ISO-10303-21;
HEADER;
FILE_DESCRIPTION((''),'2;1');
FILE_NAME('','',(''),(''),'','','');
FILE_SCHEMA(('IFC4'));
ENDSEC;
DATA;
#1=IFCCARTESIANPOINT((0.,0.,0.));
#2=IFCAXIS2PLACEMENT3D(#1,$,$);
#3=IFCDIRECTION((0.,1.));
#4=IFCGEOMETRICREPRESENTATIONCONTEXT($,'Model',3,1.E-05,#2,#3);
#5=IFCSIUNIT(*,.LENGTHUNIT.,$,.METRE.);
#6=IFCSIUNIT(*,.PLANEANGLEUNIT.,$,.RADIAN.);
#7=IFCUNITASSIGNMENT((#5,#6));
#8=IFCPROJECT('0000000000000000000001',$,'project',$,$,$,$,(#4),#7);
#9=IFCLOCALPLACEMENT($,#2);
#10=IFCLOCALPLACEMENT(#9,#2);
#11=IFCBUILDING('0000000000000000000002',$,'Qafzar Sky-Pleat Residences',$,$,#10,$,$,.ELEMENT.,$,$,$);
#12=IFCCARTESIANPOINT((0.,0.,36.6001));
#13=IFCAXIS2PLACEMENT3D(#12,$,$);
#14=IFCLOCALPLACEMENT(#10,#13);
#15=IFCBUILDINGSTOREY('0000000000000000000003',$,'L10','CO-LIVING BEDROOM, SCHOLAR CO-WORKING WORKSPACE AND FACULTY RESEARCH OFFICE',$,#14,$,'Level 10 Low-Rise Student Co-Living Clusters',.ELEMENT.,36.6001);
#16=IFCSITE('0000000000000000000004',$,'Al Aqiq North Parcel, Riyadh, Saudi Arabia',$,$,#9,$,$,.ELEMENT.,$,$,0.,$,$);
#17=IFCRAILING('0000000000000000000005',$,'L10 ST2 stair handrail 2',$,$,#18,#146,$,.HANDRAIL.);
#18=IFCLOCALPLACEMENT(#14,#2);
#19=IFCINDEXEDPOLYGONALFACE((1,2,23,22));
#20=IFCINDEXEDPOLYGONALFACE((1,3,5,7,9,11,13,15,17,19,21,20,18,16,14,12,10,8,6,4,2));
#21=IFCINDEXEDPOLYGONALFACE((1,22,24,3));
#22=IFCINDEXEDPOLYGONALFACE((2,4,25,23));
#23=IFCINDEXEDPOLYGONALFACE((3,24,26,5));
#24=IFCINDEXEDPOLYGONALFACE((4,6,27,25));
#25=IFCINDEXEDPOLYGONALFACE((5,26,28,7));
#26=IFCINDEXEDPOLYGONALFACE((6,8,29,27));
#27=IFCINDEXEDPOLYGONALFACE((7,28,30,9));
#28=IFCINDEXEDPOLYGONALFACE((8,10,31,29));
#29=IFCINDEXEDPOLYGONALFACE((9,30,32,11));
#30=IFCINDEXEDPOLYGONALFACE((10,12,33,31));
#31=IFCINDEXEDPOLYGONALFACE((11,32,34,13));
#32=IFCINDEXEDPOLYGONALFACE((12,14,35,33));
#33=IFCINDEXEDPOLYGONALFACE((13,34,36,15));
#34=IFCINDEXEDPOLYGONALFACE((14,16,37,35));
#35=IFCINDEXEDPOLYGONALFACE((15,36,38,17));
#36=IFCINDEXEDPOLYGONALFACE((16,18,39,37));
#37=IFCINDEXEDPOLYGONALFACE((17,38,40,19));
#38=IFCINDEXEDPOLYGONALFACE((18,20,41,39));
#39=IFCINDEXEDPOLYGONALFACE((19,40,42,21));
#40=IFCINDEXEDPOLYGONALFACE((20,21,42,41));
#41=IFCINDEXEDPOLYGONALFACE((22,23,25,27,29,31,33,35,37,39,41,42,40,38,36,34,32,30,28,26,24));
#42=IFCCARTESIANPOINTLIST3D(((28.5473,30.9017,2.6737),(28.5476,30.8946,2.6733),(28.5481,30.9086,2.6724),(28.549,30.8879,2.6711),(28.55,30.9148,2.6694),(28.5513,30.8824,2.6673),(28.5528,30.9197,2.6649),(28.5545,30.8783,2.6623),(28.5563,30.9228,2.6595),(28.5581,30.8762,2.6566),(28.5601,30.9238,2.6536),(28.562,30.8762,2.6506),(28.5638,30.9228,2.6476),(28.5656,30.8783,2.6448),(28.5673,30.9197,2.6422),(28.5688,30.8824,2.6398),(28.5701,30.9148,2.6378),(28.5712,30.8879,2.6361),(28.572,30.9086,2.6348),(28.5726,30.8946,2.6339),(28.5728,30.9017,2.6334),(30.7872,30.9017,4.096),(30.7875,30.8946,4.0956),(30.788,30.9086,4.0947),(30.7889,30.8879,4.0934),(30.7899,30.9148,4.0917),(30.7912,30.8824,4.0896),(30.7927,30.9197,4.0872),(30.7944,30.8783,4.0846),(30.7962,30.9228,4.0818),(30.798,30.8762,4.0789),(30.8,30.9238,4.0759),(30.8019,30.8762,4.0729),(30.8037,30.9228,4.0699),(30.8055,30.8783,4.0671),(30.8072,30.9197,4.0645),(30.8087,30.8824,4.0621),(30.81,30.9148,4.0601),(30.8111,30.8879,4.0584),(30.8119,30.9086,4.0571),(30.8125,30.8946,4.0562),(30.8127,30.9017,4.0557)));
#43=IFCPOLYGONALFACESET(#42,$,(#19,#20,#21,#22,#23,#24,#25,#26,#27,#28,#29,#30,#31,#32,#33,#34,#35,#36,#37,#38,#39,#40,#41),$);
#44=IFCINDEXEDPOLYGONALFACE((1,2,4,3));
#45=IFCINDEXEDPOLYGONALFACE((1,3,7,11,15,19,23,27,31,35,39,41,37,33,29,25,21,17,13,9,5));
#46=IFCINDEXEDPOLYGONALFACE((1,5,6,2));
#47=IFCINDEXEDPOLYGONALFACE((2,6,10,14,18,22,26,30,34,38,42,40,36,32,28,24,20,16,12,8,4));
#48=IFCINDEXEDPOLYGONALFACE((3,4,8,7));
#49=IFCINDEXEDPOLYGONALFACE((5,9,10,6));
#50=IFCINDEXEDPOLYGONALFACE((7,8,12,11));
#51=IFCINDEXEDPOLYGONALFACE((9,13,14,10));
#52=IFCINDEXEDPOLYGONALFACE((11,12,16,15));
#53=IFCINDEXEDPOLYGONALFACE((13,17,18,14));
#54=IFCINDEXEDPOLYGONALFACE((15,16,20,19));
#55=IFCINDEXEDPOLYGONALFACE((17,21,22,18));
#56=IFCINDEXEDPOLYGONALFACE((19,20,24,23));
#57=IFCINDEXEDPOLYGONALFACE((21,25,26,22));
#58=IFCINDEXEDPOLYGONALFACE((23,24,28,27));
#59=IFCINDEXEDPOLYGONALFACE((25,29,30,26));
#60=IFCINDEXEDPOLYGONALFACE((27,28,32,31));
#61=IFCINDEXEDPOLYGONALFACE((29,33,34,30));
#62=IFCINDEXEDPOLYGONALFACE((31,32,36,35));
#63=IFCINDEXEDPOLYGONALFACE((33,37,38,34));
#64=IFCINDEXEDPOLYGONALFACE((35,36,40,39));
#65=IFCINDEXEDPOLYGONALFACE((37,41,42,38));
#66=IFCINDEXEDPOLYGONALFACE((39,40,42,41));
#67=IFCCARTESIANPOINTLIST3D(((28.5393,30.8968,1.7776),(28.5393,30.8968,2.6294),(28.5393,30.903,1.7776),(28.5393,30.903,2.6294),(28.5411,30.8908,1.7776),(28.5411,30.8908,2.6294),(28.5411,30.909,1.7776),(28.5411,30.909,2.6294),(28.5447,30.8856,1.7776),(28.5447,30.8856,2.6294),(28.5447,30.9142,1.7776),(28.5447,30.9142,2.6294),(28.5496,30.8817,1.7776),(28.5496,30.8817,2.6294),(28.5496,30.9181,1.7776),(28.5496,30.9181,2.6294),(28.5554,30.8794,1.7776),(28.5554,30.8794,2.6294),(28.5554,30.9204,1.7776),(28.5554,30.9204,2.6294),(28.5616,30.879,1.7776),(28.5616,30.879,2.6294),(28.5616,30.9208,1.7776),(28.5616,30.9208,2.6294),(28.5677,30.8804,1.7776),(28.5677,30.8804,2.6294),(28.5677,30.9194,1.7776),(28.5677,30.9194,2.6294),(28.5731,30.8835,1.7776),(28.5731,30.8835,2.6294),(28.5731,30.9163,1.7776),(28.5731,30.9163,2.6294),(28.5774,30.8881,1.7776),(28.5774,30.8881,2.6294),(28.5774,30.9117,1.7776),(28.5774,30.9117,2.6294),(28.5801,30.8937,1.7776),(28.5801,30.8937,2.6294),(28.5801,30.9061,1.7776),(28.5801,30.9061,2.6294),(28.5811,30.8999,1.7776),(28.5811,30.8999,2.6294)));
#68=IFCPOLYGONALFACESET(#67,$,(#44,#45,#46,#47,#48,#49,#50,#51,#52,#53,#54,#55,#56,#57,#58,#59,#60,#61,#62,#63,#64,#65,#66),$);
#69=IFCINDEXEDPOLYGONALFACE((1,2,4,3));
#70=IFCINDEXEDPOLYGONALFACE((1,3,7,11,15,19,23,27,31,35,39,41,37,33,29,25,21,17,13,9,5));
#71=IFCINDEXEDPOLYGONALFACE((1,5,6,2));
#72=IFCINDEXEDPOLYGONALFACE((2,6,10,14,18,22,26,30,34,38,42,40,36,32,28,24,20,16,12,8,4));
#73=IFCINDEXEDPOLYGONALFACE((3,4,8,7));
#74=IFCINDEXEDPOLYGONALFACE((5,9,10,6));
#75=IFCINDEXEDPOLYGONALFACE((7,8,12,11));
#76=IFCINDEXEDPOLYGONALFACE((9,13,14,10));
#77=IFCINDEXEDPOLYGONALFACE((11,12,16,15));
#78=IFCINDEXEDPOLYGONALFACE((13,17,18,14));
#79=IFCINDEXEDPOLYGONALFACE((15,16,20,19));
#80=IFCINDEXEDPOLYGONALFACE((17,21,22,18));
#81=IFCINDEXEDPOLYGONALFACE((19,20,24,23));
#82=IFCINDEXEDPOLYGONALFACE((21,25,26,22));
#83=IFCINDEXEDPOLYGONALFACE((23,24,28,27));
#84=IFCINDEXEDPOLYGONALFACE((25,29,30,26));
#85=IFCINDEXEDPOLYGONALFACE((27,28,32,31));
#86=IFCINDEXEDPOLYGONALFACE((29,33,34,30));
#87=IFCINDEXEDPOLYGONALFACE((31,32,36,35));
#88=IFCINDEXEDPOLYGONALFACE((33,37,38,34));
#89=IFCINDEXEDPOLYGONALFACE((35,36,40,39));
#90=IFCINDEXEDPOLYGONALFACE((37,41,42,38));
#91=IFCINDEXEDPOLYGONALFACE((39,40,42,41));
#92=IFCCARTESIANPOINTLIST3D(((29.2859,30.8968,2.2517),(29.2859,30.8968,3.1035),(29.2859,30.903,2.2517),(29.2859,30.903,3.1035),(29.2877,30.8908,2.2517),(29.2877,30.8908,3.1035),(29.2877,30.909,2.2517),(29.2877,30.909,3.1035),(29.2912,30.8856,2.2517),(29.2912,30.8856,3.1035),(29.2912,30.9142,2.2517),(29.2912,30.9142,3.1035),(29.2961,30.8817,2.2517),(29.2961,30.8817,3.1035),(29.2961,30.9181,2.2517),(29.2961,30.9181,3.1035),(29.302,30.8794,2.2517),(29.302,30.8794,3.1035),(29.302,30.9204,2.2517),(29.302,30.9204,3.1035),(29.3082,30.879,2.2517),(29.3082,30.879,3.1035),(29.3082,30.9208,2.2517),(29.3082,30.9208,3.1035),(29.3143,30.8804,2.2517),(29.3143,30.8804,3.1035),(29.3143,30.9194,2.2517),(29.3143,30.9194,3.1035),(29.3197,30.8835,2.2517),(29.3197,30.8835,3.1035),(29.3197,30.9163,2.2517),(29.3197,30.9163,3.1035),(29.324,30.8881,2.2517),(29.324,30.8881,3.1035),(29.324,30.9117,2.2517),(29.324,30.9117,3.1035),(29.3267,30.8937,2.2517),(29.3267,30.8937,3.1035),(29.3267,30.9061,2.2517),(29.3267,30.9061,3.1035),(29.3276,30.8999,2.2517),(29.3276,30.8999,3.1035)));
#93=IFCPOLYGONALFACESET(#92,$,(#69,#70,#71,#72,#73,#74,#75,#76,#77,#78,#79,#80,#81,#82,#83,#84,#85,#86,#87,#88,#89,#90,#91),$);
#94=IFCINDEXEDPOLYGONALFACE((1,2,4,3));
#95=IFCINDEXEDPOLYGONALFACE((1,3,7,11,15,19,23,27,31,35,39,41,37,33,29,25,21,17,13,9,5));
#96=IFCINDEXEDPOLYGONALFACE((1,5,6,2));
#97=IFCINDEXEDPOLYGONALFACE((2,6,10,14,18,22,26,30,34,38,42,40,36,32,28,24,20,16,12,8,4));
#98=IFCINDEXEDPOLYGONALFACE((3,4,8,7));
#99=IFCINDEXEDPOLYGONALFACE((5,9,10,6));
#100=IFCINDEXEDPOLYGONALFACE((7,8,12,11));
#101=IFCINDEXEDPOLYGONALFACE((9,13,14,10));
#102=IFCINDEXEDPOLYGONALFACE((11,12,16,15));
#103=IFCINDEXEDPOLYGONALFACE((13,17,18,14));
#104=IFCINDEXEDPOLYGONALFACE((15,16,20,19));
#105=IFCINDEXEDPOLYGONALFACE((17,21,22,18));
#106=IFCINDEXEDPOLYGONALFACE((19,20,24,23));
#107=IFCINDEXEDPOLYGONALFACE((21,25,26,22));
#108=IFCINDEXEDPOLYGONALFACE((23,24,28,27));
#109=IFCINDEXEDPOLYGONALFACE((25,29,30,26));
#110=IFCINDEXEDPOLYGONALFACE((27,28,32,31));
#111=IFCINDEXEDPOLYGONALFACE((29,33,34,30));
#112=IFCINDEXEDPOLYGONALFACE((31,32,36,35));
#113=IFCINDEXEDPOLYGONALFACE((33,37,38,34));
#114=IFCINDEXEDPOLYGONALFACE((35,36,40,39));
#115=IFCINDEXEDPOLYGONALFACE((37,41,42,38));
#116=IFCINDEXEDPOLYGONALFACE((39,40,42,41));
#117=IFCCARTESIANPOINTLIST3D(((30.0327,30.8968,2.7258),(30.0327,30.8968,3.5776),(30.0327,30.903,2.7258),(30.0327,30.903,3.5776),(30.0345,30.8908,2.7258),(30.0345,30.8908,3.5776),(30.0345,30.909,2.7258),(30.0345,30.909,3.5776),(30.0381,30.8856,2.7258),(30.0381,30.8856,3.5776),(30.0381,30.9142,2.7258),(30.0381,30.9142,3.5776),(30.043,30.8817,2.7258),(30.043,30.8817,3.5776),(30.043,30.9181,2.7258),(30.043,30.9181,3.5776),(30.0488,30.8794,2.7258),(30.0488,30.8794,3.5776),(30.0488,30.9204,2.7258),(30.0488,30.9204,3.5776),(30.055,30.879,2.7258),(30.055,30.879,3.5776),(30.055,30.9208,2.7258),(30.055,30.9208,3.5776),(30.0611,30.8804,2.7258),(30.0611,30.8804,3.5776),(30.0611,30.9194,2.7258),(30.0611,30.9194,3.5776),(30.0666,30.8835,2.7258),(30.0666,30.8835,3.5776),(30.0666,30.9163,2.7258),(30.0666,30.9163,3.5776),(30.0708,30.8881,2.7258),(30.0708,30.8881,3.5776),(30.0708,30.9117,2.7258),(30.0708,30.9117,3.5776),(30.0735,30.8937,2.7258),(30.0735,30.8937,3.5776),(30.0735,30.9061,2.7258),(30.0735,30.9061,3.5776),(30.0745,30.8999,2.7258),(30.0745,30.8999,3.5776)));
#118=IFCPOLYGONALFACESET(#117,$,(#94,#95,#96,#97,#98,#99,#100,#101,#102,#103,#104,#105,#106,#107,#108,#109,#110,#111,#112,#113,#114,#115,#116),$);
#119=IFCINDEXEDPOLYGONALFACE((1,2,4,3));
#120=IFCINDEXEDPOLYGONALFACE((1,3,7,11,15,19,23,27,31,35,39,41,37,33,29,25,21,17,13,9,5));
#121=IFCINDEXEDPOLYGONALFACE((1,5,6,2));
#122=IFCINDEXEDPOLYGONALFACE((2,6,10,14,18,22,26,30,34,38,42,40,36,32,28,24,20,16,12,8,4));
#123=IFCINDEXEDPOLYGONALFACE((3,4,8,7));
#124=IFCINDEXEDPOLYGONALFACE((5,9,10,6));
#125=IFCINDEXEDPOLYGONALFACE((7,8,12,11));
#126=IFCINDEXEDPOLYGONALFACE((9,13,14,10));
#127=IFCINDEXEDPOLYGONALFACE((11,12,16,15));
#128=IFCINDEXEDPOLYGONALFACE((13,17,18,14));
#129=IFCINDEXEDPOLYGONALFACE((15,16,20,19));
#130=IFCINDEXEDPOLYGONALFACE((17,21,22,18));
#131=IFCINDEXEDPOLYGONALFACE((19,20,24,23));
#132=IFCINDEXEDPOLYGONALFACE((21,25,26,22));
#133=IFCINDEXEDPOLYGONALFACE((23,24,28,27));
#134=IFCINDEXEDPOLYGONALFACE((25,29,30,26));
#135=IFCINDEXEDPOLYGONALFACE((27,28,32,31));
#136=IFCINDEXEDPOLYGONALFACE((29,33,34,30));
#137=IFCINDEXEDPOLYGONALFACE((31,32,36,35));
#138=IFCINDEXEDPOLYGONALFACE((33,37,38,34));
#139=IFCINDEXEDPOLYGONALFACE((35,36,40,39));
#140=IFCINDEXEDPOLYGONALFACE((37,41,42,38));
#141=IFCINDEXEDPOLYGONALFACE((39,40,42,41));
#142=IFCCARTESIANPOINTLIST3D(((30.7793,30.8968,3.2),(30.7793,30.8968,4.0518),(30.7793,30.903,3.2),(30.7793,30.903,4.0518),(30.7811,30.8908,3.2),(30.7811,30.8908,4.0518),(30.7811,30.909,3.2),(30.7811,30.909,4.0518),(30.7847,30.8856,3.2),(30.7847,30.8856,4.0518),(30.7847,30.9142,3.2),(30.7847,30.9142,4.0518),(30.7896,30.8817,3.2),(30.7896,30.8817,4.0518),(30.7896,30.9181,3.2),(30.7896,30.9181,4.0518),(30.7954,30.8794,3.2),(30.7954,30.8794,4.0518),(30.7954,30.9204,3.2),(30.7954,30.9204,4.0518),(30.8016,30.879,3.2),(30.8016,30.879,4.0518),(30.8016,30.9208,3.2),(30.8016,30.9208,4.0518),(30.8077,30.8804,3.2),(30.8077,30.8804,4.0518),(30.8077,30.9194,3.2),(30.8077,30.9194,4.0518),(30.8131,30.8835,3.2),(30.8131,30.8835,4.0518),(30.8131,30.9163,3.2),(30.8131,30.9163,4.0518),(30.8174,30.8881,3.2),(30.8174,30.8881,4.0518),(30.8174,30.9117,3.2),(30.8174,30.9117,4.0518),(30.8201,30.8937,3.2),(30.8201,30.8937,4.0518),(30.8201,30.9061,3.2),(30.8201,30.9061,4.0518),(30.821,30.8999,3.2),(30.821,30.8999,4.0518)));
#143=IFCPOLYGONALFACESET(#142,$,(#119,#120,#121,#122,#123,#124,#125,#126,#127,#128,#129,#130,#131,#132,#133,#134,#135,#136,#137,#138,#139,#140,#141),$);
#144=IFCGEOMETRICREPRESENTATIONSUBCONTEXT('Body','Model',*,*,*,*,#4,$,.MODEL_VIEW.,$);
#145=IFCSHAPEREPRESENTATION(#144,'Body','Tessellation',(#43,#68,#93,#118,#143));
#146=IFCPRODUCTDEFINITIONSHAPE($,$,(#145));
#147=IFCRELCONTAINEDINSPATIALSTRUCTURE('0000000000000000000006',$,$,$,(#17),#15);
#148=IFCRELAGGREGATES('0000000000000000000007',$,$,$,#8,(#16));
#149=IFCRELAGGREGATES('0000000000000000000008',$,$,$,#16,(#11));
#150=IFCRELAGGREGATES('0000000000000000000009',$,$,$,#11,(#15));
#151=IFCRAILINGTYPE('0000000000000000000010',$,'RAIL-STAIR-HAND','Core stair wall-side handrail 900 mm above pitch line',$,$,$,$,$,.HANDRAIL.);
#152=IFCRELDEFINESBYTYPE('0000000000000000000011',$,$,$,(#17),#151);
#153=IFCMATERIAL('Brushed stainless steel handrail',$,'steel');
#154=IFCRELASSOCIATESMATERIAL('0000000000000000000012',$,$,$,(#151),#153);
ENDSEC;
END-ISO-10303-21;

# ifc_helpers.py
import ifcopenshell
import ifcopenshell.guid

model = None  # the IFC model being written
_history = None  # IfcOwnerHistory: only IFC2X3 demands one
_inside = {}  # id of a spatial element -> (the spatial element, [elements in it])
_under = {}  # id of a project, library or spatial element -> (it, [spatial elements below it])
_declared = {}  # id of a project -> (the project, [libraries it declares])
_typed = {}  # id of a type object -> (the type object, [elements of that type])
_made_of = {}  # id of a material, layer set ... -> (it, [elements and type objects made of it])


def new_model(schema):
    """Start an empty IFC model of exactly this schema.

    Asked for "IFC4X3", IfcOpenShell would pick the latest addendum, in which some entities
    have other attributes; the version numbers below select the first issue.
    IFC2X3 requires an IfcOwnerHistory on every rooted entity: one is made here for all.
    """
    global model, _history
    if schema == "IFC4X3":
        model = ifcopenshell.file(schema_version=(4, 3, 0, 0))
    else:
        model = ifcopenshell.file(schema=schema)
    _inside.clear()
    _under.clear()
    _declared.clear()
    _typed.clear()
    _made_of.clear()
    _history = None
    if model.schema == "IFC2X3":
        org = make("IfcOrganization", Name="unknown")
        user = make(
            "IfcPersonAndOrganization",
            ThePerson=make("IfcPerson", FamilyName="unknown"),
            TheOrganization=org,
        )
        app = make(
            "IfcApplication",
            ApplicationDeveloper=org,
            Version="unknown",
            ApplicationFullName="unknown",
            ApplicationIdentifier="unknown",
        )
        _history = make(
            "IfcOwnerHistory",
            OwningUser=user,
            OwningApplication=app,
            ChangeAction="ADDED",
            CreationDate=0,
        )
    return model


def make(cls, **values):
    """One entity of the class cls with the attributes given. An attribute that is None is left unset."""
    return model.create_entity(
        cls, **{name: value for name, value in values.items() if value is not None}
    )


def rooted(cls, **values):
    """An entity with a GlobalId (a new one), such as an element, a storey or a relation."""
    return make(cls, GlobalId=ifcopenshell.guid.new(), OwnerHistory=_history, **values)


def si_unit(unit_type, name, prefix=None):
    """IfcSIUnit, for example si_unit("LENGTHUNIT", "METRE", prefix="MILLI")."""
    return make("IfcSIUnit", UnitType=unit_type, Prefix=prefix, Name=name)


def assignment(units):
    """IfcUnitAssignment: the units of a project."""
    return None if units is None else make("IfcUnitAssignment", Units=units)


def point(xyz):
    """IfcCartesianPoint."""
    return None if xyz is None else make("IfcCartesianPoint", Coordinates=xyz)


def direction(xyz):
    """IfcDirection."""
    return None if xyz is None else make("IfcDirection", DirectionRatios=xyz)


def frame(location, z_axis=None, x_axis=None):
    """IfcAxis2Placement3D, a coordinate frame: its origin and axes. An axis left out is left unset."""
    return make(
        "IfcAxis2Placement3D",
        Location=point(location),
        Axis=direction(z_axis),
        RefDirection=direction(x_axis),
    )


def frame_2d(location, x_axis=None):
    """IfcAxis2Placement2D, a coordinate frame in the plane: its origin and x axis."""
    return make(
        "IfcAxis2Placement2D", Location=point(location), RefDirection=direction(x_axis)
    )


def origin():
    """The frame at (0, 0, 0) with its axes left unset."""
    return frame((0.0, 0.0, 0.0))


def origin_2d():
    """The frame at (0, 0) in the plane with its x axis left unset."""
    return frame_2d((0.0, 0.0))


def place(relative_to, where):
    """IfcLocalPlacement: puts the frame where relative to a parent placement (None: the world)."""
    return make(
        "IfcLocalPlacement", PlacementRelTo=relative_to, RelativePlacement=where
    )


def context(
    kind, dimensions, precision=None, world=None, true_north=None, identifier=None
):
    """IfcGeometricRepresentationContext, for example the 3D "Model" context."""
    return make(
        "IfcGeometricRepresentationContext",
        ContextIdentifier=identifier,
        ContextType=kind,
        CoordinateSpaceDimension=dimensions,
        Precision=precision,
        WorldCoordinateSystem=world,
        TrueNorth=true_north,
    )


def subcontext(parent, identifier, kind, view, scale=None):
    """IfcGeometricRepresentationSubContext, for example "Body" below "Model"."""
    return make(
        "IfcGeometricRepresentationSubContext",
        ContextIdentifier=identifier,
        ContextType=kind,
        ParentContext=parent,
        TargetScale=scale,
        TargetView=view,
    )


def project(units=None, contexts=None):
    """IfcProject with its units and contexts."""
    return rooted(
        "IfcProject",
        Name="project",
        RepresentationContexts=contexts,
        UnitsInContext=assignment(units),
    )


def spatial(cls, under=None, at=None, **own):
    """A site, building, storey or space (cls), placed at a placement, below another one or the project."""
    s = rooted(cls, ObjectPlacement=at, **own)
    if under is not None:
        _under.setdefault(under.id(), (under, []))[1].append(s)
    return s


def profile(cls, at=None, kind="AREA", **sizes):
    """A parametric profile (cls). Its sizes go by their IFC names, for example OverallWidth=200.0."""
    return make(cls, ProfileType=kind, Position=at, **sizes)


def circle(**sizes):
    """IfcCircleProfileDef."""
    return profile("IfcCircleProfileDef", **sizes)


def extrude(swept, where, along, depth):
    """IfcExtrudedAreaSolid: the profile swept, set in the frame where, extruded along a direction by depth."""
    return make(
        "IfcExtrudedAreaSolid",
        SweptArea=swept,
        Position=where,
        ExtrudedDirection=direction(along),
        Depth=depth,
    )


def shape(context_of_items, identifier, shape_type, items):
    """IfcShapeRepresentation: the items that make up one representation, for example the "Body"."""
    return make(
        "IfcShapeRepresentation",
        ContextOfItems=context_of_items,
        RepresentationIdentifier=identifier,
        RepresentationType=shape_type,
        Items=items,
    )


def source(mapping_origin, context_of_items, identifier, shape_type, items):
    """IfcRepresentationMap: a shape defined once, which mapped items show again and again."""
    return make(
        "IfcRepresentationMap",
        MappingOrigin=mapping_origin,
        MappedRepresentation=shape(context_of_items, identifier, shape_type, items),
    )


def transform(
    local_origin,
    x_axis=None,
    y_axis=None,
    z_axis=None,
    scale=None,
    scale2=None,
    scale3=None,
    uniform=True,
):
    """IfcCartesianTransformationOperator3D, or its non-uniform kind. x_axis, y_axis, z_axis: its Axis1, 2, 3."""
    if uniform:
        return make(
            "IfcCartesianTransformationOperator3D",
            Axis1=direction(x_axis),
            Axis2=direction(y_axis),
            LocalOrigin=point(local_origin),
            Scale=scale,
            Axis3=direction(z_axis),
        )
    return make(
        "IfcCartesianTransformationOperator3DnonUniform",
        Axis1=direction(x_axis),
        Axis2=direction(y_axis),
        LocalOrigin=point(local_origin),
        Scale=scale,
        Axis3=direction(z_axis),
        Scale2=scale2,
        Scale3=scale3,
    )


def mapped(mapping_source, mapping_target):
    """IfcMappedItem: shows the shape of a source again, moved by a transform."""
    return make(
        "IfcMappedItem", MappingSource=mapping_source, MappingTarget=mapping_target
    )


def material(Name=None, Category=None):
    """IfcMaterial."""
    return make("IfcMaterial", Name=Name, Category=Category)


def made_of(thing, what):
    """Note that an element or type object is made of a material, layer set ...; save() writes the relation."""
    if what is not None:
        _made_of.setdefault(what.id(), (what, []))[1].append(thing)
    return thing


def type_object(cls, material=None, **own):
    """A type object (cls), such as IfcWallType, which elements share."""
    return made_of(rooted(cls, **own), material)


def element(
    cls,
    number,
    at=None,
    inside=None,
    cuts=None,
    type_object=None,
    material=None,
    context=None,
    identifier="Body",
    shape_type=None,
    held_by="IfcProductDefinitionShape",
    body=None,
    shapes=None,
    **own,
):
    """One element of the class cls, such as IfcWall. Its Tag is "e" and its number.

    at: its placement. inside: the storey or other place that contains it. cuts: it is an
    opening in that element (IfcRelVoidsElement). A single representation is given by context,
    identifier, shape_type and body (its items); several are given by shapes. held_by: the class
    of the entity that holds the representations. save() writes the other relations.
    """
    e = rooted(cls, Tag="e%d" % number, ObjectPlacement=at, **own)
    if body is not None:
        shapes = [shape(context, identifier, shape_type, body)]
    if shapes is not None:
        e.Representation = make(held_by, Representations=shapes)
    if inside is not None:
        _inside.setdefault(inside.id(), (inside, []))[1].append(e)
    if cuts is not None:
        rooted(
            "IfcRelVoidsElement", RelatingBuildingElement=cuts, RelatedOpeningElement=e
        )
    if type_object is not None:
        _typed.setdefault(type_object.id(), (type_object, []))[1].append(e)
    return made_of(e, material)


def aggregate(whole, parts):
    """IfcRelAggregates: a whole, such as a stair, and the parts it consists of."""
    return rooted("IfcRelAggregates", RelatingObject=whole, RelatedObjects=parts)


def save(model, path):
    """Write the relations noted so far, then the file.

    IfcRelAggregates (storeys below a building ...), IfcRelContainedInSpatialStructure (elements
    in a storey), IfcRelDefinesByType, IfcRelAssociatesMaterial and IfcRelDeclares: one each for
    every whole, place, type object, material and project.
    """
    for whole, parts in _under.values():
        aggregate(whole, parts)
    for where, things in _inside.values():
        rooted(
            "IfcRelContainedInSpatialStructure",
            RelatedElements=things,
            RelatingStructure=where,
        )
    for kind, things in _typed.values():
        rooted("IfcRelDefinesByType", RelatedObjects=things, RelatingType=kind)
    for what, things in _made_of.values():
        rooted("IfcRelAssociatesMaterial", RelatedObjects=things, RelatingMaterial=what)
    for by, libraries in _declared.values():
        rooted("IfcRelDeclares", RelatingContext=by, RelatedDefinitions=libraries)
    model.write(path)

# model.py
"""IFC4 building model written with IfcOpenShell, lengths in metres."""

from ifc_helpers import new_model, si_unit, direction, frame, origin, origin_2d, place, context, subcontext, project, spatial, circle, extrude, source, transform, mapped, material, type_object, element, save


model = new_model("IFC4")

# Units and contexts
model_context = context("Model", 3, precision=1e-05, world=origin(), true_north=direction((0.0, 1.0)))
body_context = subcontext(model_context, "Body", "Model", "MODEL_VIEW")
ifc_project = project(units=[si_unit("LENGTHUNIT", "METRE"), si_unit("PLANEANGLEUNIT", "RADIAN")], contexts=[model_context])

# Site, building, storey
site_placement = place(None, origin())
site = spatial("IfcSite", under=ifc_project, at=site_placement, Name="Al Aqiq North Parcel, Riyadh, Saudi Arabia", CompositionType="ELEMENT", RefElevation=0.0)
building_placement = place(site_placement, origin())
building = spatial("IfcBuilding", under=site, at=building_placement, Name="Qafzar Sky-Pleat Residences", CompositionType="ELEMENT")
storey_placement = place(building_placement, frame((0.0, 0.0, 36.6001)))
storey = spatial("IfcBuildingStorey", under=building, at=storey_placement, Name="L10", Description="CO-LIVING BEDROOM, SCHOLAR CO-WORKING WORKSPACE AND FACULTY RESEARCH OFFICE", LongName="Level 10 Low-Rise Student Co-Living Clusters", CompositionType="ELEMENT", Elevation=36.6001)

# Railing
ifc_material_1 = material(Name="Brushed stainless steel handrail", Category="steel")
railing_type_1 = type_object("IfcRailingType", Name="RAIL-STAIR-HAND", Description="Core stair wall-side handrail 900 mm above pitch line", PredefinedType="HANDRAIL", material=ifc_material_1)
shared_shape_1 = source(origin(), body_context, "Body", "SweptSolid", [
    extrude(circle(Radius=0.0239, at=origin_2d()), frame((0.0, 0.0, 0.876), z_axis=(0.844188, 0.0, 0.536048), x_axis=(0.0, 1.0, 0.0)), (0.0, 0.0, 1.0), 2.6533),
    extrude(circle(Radius=0.021, at=origin_2d()), origin(), (0.0, 0.0, 1.0), 0.8518),
    extrude(circle(Radius=0.021, at=origin_2d()), frame((0.7466, 0.0, 0.4741)), (0.0, 0.0, 1.0), 0.8518),
    extrude(circle(Radius=0.021, at=origin_2d()), frame((1.4934, 0.0, 0.9482)), (0.0, 0.0, 1.0), 0.8518),
    extrude(circle(Radius=0.021, at=origin_2d()), frame((2.24, 0.0, 1.4224)), (0.0, 0.0, 1.0), 0.8518),
])
railing_1_placement = place(storey_placement, frame((28.5601, 30.8999, 1.7776)))
element("IfcRailing", 1, at=railing_1_placement, inside=storey, type_object=railing_type_1, Name="L10 ST2 stair handrail 2", PredefinedType="HANDRAIL", context=body_context, shape_type="MappedRepresentation", body=[
    mapped(shared_shape_1, transform((0.0, 0.0, 0.0), x_axis=(1.0, 0.0, 0.0), y_axis=(0.0, 1.0, 0.0), z_axis=(0.0, 0.0, 1.0), scale=1.0)),
])

save(model, "model.ifc")
